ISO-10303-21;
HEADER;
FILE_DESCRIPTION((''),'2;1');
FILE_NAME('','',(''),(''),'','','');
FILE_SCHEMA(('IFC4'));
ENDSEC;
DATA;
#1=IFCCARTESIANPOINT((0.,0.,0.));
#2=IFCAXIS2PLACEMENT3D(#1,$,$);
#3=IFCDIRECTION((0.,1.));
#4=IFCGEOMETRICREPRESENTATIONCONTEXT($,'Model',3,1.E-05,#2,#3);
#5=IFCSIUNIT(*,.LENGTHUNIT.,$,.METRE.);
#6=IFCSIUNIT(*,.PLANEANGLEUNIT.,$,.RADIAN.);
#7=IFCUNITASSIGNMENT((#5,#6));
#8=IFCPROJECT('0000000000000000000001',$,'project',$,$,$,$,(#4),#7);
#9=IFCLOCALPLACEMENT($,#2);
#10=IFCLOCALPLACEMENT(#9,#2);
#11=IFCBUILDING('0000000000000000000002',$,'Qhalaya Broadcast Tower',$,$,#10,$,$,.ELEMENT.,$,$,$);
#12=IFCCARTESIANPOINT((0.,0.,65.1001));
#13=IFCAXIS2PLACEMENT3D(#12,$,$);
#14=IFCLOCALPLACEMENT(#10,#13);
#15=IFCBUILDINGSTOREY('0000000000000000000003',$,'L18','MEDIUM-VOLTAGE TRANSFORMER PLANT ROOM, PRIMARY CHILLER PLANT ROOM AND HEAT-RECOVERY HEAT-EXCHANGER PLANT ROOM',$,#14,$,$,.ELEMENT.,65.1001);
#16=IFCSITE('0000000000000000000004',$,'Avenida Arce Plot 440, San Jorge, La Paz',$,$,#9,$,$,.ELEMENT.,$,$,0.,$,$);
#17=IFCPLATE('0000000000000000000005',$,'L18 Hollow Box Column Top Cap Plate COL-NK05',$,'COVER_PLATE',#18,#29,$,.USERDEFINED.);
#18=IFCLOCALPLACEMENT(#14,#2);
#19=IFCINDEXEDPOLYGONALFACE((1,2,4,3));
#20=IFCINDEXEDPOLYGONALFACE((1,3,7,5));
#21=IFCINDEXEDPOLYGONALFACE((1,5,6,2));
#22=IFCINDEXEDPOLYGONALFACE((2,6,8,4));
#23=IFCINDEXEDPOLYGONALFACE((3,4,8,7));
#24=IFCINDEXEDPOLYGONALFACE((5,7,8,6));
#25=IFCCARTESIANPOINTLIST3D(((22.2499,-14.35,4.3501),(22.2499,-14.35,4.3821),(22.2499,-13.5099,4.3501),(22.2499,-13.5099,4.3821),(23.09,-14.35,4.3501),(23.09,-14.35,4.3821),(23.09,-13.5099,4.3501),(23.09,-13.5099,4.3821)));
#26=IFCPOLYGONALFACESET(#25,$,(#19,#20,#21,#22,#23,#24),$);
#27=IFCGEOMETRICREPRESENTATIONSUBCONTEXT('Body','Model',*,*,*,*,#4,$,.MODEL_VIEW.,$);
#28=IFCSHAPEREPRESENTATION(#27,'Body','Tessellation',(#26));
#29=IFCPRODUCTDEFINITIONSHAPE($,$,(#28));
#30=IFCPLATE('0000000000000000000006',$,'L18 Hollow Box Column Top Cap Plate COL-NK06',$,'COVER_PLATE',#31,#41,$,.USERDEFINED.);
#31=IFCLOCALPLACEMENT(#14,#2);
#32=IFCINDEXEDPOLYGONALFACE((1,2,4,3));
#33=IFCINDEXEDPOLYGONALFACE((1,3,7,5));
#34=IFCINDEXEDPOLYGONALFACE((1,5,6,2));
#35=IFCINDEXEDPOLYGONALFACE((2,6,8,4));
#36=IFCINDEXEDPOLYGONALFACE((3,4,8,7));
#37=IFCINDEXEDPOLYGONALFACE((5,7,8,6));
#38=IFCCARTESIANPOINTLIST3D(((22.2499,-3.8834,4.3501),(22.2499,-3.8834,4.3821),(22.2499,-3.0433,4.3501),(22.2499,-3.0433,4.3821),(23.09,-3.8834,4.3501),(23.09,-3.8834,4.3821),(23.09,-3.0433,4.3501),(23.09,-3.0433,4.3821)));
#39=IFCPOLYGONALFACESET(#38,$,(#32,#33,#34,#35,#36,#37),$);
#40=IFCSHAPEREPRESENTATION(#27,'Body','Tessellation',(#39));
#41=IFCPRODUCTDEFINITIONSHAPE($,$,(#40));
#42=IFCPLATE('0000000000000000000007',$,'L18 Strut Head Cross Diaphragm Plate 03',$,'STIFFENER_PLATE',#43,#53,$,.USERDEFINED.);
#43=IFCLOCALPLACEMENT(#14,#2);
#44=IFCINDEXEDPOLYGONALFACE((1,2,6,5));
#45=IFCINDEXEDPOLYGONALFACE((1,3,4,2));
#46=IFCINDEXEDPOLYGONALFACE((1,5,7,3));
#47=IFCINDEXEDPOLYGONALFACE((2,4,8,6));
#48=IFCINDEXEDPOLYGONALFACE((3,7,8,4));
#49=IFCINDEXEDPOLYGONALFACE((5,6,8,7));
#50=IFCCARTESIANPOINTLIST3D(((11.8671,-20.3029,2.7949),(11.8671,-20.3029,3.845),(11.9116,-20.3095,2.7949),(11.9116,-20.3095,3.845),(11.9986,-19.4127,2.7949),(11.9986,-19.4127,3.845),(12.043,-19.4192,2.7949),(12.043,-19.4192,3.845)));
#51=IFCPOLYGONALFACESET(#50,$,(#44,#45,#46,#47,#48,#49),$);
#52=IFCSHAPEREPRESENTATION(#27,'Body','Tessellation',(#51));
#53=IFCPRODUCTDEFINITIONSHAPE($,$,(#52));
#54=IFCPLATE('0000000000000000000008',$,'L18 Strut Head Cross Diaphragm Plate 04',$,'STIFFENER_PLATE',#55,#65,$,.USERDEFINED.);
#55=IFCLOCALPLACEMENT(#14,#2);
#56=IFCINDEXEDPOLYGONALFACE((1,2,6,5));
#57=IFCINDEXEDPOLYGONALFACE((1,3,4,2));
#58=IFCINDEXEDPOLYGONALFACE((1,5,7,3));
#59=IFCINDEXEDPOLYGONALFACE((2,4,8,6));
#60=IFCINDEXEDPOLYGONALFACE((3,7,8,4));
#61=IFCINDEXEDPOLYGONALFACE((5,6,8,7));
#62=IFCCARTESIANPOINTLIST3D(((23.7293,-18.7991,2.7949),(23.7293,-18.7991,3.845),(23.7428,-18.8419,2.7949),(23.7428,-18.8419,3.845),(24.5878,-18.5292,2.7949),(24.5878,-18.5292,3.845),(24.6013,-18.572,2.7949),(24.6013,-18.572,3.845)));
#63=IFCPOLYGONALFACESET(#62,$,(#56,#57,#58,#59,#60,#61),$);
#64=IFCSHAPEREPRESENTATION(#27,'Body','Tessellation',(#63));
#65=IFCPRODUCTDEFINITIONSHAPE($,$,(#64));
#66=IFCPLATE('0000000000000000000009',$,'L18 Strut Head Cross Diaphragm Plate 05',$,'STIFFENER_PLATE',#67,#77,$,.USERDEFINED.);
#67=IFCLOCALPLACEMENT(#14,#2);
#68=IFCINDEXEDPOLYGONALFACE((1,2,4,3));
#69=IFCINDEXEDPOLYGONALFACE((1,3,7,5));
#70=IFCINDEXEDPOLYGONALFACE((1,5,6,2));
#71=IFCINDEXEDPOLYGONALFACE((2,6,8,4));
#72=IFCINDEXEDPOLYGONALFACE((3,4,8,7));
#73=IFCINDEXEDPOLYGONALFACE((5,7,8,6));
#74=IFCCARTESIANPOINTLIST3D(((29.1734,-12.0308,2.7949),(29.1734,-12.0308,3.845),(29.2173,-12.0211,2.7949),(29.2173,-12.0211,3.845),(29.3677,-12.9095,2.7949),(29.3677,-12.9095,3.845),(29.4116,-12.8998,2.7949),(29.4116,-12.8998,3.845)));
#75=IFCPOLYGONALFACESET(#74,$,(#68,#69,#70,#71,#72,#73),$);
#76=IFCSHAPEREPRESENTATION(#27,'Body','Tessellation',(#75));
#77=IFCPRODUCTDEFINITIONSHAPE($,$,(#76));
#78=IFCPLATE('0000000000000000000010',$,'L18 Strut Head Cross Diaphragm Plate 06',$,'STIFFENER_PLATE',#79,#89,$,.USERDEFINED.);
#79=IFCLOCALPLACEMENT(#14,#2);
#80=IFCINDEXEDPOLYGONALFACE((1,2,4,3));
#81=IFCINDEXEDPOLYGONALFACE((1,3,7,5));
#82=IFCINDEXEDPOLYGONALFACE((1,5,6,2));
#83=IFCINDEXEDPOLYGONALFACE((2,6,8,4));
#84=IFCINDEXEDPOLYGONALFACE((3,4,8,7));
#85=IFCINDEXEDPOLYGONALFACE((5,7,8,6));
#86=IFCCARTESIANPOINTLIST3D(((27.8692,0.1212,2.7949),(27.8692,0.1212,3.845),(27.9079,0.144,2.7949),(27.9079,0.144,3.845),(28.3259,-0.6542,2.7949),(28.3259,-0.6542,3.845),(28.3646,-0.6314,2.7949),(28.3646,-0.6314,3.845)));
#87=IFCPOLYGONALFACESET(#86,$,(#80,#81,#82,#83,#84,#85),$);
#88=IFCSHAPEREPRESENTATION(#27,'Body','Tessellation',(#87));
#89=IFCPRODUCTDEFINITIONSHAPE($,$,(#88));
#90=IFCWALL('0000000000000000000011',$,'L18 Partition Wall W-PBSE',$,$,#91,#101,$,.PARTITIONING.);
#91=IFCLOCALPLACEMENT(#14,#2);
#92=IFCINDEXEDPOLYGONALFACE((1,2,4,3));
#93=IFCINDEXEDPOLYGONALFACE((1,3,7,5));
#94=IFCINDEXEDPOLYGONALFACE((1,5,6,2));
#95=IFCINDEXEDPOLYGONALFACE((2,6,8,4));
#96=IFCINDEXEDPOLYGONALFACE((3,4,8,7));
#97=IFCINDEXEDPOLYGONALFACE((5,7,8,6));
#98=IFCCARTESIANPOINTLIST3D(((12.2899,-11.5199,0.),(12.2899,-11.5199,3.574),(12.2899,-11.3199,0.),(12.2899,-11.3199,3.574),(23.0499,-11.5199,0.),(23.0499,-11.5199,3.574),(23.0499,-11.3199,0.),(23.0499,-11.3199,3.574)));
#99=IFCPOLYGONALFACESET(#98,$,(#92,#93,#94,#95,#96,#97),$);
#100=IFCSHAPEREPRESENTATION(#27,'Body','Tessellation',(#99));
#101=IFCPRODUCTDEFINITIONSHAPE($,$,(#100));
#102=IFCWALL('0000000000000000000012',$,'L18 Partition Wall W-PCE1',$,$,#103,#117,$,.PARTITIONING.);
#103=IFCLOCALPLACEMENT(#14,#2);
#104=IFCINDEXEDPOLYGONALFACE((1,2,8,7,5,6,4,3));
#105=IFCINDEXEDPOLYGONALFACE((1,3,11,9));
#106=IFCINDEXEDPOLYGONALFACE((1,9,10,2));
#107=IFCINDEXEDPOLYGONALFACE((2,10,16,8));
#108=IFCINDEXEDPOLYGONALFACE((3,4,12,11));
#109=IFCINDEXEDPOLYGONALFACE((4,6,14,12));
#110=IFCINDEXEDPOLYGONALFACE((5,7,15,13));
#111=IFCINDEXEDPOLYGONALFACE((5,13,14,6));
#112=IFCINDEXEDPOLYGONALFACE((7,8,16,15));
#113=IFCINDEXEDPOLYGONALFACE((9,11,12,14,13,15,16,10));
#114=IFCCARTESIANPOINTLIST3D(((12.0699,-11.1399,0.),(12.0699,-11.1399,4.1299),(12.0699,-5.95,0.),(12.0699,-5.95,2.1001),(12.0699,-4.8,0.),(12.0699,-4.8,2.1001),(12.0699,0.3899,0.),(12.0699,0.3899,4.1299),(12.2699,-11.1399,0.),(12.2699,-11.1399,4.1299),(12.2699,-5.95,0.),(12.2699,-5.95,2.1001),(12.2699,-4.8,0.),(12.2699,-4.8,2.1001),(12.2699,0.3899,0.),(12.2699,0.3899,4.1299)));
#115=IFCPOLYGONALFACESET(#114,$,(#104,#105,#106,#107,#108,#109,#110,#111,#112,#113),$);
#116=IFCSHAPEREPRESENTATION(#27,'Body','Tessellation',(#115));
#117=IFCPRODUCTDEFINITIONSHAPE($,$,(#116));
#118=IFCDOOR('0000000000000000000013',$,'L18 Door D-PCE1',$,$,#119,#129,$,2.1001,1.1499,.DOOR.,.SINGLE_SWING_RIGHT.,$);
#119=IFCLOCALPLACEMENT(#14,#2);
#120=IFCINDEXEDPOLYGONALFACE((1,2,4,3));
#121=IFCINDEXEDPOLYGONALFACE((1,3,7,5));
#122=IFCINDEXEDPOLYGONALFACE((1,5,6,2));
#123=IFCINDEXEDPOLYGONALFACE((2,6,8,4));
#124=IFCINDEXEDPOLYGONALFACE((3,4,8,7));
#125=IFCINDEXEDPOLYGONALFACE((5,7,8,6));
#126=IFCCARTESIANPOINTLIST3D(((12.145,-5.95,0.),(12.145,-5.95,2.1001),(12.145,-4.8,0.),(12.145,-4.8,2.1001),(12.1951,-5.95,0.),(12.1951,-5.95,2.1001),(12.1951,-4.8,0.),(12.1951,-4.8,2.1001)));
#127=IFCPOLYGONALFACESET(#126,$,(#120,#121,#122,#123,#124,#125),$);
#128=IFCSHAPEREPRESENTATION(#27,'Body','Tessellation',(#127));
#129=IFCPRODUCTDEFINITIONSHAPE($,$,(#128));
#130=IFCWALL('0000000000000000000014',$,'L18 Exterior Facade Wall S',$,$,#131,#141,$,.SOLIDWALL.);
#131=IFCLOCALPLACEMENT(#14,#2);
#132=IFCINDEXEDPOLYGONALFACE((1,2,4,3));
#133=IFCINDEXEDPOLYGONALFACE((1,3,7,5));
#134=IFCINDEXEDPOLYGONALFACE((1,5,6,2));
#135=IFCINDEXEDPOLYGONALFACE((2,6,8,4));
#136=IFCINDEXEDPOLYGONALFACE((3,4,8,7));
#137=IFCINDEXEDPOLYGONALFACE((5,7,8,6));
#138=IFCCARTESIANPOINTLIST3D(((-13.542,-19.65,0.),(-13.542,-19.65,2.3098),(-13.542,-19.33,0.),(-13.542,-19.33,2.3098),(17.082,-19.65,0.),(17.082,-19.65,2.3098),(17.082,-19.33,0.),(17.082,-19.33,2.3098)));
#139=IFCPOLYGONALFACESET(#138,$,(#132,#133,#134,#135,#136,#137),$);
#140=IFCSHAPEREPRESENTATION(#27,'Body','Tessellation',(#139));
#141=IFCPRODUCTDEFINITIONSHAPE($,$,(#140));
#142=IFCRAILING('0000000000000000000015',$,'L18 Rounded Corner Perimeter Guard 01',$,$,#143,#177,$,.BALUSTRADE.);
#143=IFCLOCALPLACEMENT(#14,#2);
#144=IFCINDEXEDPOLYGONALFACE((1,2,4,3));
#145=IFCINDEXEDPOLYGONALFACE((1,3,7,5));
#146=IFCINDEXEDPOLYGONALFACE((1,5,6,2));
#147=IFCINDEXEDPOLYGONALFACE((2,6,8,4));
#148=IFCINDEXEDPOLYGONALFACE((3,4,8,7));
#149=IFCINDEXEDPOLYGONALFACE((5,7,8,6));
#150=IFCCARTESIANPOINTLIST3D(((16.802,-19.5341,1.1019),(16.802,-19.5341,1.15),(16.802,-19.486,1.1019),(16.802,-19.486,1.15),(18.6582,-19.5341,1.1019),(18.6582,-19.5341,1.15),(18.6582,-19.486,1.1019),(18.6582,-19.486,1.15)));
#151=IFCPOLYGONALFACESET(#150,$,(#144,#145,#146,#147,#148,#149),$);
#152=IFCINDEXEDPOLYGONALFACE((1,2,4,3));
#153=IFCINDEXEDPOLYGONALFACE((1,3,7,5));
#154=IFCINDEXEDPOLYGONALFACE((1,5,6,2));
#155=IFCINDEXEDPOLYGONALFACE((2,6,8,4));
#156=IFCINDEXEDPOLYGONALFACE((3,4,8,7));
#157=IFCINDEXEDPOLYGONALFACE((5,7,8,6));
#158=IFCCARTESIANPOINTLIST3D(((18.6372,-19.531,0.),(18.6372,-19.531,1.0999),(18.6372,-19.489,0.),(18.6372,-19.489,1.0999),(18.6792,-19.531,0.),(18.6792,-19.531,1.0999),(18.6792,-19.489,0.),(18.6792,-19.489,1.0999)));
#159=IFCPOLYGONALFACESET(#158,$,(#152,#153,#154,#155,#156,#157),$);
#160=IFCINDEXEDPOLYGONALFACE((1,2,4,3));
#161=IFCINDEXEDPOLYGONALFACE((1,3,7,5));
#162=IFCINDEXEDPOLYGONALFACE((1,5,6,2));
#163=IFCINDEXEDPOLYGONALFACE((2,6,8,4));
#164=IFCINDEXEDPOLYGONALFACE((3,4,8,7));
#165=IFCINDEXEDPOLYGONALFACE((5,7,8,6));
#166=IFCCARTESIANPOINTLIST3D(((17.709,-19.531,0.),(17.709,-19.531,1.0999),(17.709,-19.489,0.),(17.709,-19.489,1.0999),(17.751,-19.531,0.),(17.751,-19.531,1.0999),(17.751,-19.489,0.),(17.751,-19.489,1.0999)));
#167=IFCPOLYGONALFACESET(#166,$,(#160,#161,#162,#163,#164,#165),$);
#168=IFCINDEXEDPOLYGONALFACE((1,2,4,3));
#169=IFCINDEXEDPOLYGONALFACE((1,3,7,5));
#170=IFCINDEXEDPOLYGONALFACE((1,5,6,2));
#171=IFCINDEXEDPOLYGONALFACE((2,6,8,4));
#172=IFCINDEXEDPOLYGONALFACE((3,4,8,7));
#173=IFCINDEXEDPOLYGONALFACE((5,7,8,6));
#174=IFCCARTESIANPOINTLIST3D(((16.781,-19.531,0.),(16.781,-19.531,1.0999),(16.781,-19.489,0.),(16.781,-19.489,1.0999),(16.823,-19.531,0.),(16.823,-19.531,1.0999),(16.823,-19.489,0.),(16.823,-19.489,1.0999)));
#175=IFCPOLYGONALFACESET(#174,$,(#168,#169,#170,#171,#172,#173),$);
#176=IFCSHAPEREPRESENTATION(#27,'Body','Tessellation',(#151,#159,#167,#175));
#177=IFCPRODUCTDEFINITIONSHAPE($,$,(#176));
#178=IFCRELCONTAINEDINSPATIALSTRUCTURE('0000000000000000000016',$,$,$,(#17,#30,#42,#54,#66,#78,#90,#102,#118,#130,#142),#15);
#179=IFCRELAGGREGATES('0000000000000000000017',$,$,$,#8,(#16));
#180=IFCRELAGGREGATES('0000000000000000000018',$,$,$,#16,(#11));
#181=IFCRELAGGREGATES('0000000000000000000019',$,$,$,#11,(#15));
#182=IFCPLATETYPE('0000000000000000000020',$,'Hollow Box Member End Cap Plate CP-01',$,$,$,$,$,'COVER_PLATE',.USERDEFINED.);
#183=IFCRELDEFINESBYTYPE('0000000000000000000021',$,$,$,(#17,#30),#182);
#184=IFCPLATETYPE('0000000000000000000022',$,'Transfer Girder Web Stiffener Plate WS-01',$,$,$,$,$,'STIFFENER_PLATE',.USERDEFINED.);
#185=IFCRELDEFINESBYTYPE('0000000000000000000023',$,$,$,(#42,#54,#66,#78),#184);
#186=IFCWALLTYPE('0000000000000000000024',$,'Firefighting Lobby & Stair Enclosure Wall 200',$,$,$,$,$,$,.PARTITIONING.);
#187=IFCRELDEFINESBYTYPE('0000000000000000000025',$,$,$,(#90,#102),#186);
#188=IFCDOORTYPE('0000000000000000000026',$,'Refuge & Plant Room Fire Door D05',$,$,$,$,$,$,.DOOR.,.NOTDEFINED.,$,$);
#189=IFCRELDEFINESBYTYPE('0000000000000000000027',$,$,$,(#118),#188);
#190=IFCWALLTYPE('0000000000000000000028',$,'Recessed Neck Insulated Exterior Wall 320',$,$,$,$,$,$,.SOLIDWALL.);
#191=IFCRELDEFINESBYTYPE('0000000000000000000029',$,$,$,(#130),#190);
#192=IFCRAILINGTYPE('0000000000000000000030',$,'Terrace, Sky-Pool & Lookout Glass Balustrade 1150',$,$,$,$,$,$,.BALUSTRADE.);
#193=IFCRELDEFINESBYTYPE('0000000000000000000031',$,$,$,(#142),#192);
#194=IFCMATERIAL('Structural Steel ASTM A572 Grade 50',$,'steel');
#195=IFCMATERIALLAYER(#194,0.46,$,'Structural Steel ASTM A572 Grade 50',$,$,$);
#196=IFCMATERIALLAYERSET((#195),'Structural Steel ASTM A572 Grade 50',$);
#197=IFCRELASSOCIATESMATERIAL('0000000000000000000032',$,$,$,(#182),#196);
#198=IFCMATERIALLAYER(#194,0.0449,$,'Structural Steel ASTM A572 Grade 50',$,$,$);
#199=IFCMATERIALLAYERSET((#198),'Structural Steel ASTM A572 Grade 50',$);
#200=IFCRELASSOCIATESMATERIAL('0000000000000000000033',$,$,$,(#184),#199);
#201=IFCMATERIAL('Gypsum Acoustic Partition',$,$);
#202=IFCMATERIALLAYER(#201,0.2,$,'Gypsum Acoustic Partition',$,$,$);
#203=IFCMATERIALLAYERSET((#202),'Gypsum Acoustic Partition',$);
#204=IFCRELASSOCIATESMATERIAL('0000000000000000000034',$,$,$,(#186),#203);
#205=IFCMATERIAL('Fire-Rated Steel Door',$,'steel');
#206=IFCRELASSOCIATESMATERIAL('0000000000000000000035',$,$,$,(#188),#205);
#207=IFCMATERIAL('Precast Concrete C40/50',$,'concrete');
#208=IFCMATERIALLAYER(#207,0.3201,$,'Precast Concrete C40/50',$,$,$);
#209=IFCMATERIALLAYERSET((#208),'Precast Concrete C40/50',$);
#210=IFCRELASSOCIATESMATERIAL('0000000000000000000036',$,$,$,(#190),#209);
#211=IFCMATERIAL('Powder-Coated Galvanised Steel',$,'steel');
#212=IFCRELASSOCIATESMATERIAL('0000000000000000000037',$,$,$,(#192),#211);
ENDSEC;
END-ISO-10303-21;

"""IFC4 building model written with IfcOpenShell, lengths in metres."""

from ifc_helpers import new_model, si_unit, direction, frame, frame_2d, origin, origin_2d, place, context, subcontext, project, spatial, rectangle, extrude, material, layer, layer_set, type_object, element, fill, save


model = new_model("IFC4")

# Units and contexts
model_context = context("Model", 3, precision=1e-05, world=origin(), true_north=direction((0.0, 1.0)))
body_context = subcontext(model_context, "Body", "Model", "MODEL_VIEW")
ifc_project = project(units=[si_unit("LENGTHUNIT", "METRE"), si_unit("PLANEANGLEUNIT", "RADIAN")], contexts=[model_context])

# Site, building, storey
site_placement = place(None, origin())
site = spatial("IfcSite", under=ifc_project, at=site_placement, Name="Avenida Arce Plot 440, San Jorge, La Paz", CompositionType="ELEMENT", RefElevation=0.0)
building_placement = place(site_placement, origin())
building = spatial("IfcBuilding", under=site, at=building_placement, Name="Qhalaya Broadcast Tower", CompositionType="ELEMENT")
storey_placement = place(building_placement, frame((0.0, 0.0, 65.1001)))
storey = spatial("IfcBuildingStorey", under=building, at=storey_placement, Name="L18", Description="MEDIUM-VOLTAGE TRANSFORMER PLANT ROOM, PRIMARY CHILLER PLANT ROOM AND HEAT-RECOVERY HEAT-EXCHANGER PLANT ROOM", CompositionType="ELEMENT", Elevation=65.1001)

# Shared definitions
ifc_material_1 = material(Name="Structural Steel ASTM A572 Grade 50", Category="steel")

# Plates
ifc_layer_1 = layer(ifc_material_1, 0.46, Name="Structural Steel ASTM A572 Grade 50")
ifc_layer_set_1 = layer_set([ifc_layer_1], Name="Structural Steel ASTM A572 Grade 50")
plate_type_1 = type_object("IfcPlateType", Name="Hollow Box Member End Cap Plate CP-01", ElementType="COVER_PLATE", PredefinedType="USERDEFINED", material=ifc_layer_set_1)
for number, where, z_axis, x_axis, name in (
    (1, (22.6699, -13.9299, 4.3501), (0.0, 0.0, 1.0), (0.0, 1.0, 0.0), "L18 Hollow Box Column Top Cap Plate COL-NK05"),
    (2, (22.6699, -3.4634, 4.3501), (0.0, 0.0, 1.0), (0.0, 1.0, 0.0), "L18 Hollow Box Column Top Cap Plate COL-NK06"),
):
    element("IfcPlate", number, at=place(storey_placement, frame(where, z_axis=z_axis, x_axis=x_axis)), inside=storey, type_object=plate_type_1, Name=name, ObjectType="COVER_PLATE", PredefinedType="USERDEFINED", context=body_context, shape_type="SweptSolid", body=[
        extrude(rectangle(XDim=0.8401, YDim=0.8401, at=origin_2d()), origin(), (0.0, 0.0, 1.0), 0.032),
    ])
ifc_layer_2 = layer(ifc_material_1, 0.0449, Name="Structural Steel ASTM A572 Grade 50")
ifc_layer_set_2 = layer_set([ifc_layer_2], Name="Structural Steel ASTM A572 Grade 50")
plate_type_2 = type_object("IfcPlateType", Name="Transfer Girder Web Stiffener Plate WS-01", ElementType="STIFFENER_PLATE", PredefinedType="USERDEFINED", material=ifc_layer_set_2)
for number, where, z_axis, x_axis, name in (
    (3, (11.9551, -19.8611, 2.7949), (0.0, 0.0, 1.0), (0.146083, 0.989272, 0.0), "L18 Strut Head Cross Diaphragm Plate 03"),
    (4, (24.1653, -18.6855, 2.7949), (0.0, 0.0, 1.0), (0.953958, 0.29994, 0.0), "L18 Strut Head Cross Diaphragm Plate 04"),
    (5, (29.2925, -12.4653, 2.7949), (0.0, 0.0, 1.0), (-0.215928, 0.976409, 0.0), "L18 Strut Head Cross Diaphragm Plate 05"),
    (6, (28.1169, -0.2551, 2.7949), (0.0, 0.0, 1.0), (-0.507493, 0.861656, 0.0), "L18 Strut Head Cross Diaphragm Plate 06"),
):
    element("IfcPlate", number, at=place(storey_placement, frame(where, z_axis=z_axis, x_axis=x_axis)), inside=storey, type_object=plate_type_2, Name=name, ObjectType="STIFFENER_PLATE", PredefinedType="USERDEFINED", context=body_context, shape_type="SweptSolid", body=[
        extrude(rectangle(XDim=0.8999, YDim=0.0449, at=origin_2d()), origin(), (0.0, 0.0, 1.0), 1.05),
    ])

# Wall
ifc_material_2 = material(Name="Gypsum Acoustic Partition")
ifc_layer_3 = layer(ifc_material_2, 0.2, Name="Gypsum Acoustic Partition")
ifc_layer_set_3 = layer_set([ifc_layer_3], Name="Gypsum Acoustic Partition")
wall_type_1 = type_object("IfcWallType", Name="Firefighting Lobby & Stair Enclosure Wall 200", PredefinedType="PARTITIONING", material=ifc_layer_set_3)
wall_1_placement = place(storey_placement, frame((12.29, -11.4199, 0.0), z_axis=(0.0, 0.0, 1.0), x_axis=(1.0, 0.0, 0.0)))
element("IfcWall", 7, at=wall_1_placement, inside=storey, type_object=wall_type_1, Name="L18 Partition Wall W-PBSE", PredefinedType="PARTITIONING", context=body_context, shape_type="SweptSolid", body=[
    extrude(rectangle(XDim=10.76, YDim=0.2, at=frame_2d((5.3799, 0.0))), origin(), (0.0, 0.0, 1.0), 3.574),
])

# Wall, opening, door
wall_2_placement = place(storey_placement, frame((12.1699, -11.1399, 0.0), z_axis=(0.0, 0.0, 1.0), x_axis=(0.0, 1.0, 0.0)))
wall_2 = element("IfcWall", 8, at=wall_2_placement, inside=storey, type_object=wall_type_1, Name="L18 Partition Wall W-PCE1", PredefinedType="PARTITIONING", context=body_context, shape_type="SweptSolid", body=[
    extrude(rectangle(XDim=11.5298, YDim=0.2, at=frame_2d((5.7649, 0.0))), origin(), (0.0, 0.0, 1.0), 4.1299),
])
opening_placement = place(wall_2_placement, frame((5.1899, 0.0, 0.0)))
opening = element("IfcOpeningElement", 9, at=opening_placement, cuts=wall_2, PredefinedType="OPENING", context=body_context, shape_type="SweptSolid", body=[
    extrude(rectangle(XDim=1.1499, YDim=2.1001, at=frame_2d((0.575, 1.05))), frame((0.0, 0.1121, 0.0), z_axis=(0.0, -1.0, 0.0), x_axis=(1.0, 0.0, 0.0)), (0.0, 0.0, 1.0), 0.2239),
])
ifc_material_3 = material(Name="Fire-Rated Steel Door", Category="steel")
door_type = type_object("IfcDoorType", Name="Refuge & Plant Room Fire Door D05", OperationType="NOTDEFINED", PredefinedType="DOOR", material=ifc_material_3)
door_placement = place(opening_placement, origin())
door = element("IfcDoor", 10, at=door_placement, inside=storey, type_object=door_type, Name="L18 Door D-PCE1", OperationType="SINGLE_SWING_RIGHT", OverallHeight=2.1001, OverallWidth=1.1499, PredefinedType="DOOR", context=body_context, shape_type="SweptSolid", body=[
    extrude(rectangle(XDim=1.1499, YDim=2.1001, at=frame_2d((0.575, 1.05))), frame((0.0, 0.0249, 0.0), z_axis=(0.0, -1.0, 0.0), x_axis=(1.0, 0.0, 0.0)), (0.0, 0.0, 1.0), 0.05),
])
fill(opening, door)

# Wall
ifc_material_4 = material(Name="Precast Concrete C40/50", Category="concrete")
ifc_layer_4 = layer(ifc_material_4, 0.3201, Name="Precast Concrete C40/50")
ifc_layer_set_4 = layer_set([ifc_layer_4], Name="Precast Concrete C40/50")
wall_type_2 = type_object("IfcWallType", Name="Recessed Neck Insulated Exterior Wall 320", PredefinedType="SOLIDWALL", material=ifc_layer_set_4)
wall_3_placement = place(storey_placement, frame((17.082, -19.49, 0.0), z_axis=(0.0, 0.0, 1.0), x_axis=(-1.0, 0.0, 0.0)))
element("IfcWall", 11, at=wall_3_placement, inside=storey, type_object=wall_type_2, Name="L18 Exterior Facade Wall S", PredefinedType="SOLIDWALL", context=body_context, shape_type="SweptSolid", body=[
    extrude(rectangle(XDim=30.624, YDim=0.3201, at=frame_2d((15.312, 0.0))), origin(), (0.0, 0.0, 1.0), 2.3098),
])

# Railing
ifc_material_5 = material(Name="Powder-Coated Galvanised Steel", Category="steel")
railing_type = type_object("IfcRailingType", Name="Terrace, Sky-Pool & Lookout Glass Balustrade 1150", PredefinedType="BALUSTRADE", material=ifc_material_5)
railing_1_placement = place(storey_placement, frame((18.6582, -19.51, 0.0)))
element("IfcRailing", 12, at=railing_1_placement, inside=storey, type_object=railing_type, Name="L18 Rounded Corner Perimeter Guard 01", PredefinedType="BALUSTRADE", context=body_context, shape_type="SweptSolid", body=[
    extrude(rectangle(XDim=0.0481, YDim=0.0481, at=origin_2d()), frame((0.0, 0.0, 1.126), z_axis=(-1.0, 0.0, 0.0), x_axis=(0.0, -1.0, 0.0)), (0.0, 0.0, 1.0), 1.8562),
    extrude(rectangle(XDim=0.042, YDim=0.042, at=origin_2d()), origin(), (0.0, 0.0, 1.0), 1.0999),
    extrude(rectangle(XDim=0.042, YDim=0.042, at=origin_2d()), frame((-0.9282, 0.0, 0.0)), (0.0, 0.0, 1.0), 1.0999),
    extrude(rectangle(XDim=0.042, YDim=0.042, at=origin_2d()), frame((-1.8562, 0.0, 0.0)), (0.0, 0.0, 1.0), 1.0999),
])

save(model, "model.ifc")
